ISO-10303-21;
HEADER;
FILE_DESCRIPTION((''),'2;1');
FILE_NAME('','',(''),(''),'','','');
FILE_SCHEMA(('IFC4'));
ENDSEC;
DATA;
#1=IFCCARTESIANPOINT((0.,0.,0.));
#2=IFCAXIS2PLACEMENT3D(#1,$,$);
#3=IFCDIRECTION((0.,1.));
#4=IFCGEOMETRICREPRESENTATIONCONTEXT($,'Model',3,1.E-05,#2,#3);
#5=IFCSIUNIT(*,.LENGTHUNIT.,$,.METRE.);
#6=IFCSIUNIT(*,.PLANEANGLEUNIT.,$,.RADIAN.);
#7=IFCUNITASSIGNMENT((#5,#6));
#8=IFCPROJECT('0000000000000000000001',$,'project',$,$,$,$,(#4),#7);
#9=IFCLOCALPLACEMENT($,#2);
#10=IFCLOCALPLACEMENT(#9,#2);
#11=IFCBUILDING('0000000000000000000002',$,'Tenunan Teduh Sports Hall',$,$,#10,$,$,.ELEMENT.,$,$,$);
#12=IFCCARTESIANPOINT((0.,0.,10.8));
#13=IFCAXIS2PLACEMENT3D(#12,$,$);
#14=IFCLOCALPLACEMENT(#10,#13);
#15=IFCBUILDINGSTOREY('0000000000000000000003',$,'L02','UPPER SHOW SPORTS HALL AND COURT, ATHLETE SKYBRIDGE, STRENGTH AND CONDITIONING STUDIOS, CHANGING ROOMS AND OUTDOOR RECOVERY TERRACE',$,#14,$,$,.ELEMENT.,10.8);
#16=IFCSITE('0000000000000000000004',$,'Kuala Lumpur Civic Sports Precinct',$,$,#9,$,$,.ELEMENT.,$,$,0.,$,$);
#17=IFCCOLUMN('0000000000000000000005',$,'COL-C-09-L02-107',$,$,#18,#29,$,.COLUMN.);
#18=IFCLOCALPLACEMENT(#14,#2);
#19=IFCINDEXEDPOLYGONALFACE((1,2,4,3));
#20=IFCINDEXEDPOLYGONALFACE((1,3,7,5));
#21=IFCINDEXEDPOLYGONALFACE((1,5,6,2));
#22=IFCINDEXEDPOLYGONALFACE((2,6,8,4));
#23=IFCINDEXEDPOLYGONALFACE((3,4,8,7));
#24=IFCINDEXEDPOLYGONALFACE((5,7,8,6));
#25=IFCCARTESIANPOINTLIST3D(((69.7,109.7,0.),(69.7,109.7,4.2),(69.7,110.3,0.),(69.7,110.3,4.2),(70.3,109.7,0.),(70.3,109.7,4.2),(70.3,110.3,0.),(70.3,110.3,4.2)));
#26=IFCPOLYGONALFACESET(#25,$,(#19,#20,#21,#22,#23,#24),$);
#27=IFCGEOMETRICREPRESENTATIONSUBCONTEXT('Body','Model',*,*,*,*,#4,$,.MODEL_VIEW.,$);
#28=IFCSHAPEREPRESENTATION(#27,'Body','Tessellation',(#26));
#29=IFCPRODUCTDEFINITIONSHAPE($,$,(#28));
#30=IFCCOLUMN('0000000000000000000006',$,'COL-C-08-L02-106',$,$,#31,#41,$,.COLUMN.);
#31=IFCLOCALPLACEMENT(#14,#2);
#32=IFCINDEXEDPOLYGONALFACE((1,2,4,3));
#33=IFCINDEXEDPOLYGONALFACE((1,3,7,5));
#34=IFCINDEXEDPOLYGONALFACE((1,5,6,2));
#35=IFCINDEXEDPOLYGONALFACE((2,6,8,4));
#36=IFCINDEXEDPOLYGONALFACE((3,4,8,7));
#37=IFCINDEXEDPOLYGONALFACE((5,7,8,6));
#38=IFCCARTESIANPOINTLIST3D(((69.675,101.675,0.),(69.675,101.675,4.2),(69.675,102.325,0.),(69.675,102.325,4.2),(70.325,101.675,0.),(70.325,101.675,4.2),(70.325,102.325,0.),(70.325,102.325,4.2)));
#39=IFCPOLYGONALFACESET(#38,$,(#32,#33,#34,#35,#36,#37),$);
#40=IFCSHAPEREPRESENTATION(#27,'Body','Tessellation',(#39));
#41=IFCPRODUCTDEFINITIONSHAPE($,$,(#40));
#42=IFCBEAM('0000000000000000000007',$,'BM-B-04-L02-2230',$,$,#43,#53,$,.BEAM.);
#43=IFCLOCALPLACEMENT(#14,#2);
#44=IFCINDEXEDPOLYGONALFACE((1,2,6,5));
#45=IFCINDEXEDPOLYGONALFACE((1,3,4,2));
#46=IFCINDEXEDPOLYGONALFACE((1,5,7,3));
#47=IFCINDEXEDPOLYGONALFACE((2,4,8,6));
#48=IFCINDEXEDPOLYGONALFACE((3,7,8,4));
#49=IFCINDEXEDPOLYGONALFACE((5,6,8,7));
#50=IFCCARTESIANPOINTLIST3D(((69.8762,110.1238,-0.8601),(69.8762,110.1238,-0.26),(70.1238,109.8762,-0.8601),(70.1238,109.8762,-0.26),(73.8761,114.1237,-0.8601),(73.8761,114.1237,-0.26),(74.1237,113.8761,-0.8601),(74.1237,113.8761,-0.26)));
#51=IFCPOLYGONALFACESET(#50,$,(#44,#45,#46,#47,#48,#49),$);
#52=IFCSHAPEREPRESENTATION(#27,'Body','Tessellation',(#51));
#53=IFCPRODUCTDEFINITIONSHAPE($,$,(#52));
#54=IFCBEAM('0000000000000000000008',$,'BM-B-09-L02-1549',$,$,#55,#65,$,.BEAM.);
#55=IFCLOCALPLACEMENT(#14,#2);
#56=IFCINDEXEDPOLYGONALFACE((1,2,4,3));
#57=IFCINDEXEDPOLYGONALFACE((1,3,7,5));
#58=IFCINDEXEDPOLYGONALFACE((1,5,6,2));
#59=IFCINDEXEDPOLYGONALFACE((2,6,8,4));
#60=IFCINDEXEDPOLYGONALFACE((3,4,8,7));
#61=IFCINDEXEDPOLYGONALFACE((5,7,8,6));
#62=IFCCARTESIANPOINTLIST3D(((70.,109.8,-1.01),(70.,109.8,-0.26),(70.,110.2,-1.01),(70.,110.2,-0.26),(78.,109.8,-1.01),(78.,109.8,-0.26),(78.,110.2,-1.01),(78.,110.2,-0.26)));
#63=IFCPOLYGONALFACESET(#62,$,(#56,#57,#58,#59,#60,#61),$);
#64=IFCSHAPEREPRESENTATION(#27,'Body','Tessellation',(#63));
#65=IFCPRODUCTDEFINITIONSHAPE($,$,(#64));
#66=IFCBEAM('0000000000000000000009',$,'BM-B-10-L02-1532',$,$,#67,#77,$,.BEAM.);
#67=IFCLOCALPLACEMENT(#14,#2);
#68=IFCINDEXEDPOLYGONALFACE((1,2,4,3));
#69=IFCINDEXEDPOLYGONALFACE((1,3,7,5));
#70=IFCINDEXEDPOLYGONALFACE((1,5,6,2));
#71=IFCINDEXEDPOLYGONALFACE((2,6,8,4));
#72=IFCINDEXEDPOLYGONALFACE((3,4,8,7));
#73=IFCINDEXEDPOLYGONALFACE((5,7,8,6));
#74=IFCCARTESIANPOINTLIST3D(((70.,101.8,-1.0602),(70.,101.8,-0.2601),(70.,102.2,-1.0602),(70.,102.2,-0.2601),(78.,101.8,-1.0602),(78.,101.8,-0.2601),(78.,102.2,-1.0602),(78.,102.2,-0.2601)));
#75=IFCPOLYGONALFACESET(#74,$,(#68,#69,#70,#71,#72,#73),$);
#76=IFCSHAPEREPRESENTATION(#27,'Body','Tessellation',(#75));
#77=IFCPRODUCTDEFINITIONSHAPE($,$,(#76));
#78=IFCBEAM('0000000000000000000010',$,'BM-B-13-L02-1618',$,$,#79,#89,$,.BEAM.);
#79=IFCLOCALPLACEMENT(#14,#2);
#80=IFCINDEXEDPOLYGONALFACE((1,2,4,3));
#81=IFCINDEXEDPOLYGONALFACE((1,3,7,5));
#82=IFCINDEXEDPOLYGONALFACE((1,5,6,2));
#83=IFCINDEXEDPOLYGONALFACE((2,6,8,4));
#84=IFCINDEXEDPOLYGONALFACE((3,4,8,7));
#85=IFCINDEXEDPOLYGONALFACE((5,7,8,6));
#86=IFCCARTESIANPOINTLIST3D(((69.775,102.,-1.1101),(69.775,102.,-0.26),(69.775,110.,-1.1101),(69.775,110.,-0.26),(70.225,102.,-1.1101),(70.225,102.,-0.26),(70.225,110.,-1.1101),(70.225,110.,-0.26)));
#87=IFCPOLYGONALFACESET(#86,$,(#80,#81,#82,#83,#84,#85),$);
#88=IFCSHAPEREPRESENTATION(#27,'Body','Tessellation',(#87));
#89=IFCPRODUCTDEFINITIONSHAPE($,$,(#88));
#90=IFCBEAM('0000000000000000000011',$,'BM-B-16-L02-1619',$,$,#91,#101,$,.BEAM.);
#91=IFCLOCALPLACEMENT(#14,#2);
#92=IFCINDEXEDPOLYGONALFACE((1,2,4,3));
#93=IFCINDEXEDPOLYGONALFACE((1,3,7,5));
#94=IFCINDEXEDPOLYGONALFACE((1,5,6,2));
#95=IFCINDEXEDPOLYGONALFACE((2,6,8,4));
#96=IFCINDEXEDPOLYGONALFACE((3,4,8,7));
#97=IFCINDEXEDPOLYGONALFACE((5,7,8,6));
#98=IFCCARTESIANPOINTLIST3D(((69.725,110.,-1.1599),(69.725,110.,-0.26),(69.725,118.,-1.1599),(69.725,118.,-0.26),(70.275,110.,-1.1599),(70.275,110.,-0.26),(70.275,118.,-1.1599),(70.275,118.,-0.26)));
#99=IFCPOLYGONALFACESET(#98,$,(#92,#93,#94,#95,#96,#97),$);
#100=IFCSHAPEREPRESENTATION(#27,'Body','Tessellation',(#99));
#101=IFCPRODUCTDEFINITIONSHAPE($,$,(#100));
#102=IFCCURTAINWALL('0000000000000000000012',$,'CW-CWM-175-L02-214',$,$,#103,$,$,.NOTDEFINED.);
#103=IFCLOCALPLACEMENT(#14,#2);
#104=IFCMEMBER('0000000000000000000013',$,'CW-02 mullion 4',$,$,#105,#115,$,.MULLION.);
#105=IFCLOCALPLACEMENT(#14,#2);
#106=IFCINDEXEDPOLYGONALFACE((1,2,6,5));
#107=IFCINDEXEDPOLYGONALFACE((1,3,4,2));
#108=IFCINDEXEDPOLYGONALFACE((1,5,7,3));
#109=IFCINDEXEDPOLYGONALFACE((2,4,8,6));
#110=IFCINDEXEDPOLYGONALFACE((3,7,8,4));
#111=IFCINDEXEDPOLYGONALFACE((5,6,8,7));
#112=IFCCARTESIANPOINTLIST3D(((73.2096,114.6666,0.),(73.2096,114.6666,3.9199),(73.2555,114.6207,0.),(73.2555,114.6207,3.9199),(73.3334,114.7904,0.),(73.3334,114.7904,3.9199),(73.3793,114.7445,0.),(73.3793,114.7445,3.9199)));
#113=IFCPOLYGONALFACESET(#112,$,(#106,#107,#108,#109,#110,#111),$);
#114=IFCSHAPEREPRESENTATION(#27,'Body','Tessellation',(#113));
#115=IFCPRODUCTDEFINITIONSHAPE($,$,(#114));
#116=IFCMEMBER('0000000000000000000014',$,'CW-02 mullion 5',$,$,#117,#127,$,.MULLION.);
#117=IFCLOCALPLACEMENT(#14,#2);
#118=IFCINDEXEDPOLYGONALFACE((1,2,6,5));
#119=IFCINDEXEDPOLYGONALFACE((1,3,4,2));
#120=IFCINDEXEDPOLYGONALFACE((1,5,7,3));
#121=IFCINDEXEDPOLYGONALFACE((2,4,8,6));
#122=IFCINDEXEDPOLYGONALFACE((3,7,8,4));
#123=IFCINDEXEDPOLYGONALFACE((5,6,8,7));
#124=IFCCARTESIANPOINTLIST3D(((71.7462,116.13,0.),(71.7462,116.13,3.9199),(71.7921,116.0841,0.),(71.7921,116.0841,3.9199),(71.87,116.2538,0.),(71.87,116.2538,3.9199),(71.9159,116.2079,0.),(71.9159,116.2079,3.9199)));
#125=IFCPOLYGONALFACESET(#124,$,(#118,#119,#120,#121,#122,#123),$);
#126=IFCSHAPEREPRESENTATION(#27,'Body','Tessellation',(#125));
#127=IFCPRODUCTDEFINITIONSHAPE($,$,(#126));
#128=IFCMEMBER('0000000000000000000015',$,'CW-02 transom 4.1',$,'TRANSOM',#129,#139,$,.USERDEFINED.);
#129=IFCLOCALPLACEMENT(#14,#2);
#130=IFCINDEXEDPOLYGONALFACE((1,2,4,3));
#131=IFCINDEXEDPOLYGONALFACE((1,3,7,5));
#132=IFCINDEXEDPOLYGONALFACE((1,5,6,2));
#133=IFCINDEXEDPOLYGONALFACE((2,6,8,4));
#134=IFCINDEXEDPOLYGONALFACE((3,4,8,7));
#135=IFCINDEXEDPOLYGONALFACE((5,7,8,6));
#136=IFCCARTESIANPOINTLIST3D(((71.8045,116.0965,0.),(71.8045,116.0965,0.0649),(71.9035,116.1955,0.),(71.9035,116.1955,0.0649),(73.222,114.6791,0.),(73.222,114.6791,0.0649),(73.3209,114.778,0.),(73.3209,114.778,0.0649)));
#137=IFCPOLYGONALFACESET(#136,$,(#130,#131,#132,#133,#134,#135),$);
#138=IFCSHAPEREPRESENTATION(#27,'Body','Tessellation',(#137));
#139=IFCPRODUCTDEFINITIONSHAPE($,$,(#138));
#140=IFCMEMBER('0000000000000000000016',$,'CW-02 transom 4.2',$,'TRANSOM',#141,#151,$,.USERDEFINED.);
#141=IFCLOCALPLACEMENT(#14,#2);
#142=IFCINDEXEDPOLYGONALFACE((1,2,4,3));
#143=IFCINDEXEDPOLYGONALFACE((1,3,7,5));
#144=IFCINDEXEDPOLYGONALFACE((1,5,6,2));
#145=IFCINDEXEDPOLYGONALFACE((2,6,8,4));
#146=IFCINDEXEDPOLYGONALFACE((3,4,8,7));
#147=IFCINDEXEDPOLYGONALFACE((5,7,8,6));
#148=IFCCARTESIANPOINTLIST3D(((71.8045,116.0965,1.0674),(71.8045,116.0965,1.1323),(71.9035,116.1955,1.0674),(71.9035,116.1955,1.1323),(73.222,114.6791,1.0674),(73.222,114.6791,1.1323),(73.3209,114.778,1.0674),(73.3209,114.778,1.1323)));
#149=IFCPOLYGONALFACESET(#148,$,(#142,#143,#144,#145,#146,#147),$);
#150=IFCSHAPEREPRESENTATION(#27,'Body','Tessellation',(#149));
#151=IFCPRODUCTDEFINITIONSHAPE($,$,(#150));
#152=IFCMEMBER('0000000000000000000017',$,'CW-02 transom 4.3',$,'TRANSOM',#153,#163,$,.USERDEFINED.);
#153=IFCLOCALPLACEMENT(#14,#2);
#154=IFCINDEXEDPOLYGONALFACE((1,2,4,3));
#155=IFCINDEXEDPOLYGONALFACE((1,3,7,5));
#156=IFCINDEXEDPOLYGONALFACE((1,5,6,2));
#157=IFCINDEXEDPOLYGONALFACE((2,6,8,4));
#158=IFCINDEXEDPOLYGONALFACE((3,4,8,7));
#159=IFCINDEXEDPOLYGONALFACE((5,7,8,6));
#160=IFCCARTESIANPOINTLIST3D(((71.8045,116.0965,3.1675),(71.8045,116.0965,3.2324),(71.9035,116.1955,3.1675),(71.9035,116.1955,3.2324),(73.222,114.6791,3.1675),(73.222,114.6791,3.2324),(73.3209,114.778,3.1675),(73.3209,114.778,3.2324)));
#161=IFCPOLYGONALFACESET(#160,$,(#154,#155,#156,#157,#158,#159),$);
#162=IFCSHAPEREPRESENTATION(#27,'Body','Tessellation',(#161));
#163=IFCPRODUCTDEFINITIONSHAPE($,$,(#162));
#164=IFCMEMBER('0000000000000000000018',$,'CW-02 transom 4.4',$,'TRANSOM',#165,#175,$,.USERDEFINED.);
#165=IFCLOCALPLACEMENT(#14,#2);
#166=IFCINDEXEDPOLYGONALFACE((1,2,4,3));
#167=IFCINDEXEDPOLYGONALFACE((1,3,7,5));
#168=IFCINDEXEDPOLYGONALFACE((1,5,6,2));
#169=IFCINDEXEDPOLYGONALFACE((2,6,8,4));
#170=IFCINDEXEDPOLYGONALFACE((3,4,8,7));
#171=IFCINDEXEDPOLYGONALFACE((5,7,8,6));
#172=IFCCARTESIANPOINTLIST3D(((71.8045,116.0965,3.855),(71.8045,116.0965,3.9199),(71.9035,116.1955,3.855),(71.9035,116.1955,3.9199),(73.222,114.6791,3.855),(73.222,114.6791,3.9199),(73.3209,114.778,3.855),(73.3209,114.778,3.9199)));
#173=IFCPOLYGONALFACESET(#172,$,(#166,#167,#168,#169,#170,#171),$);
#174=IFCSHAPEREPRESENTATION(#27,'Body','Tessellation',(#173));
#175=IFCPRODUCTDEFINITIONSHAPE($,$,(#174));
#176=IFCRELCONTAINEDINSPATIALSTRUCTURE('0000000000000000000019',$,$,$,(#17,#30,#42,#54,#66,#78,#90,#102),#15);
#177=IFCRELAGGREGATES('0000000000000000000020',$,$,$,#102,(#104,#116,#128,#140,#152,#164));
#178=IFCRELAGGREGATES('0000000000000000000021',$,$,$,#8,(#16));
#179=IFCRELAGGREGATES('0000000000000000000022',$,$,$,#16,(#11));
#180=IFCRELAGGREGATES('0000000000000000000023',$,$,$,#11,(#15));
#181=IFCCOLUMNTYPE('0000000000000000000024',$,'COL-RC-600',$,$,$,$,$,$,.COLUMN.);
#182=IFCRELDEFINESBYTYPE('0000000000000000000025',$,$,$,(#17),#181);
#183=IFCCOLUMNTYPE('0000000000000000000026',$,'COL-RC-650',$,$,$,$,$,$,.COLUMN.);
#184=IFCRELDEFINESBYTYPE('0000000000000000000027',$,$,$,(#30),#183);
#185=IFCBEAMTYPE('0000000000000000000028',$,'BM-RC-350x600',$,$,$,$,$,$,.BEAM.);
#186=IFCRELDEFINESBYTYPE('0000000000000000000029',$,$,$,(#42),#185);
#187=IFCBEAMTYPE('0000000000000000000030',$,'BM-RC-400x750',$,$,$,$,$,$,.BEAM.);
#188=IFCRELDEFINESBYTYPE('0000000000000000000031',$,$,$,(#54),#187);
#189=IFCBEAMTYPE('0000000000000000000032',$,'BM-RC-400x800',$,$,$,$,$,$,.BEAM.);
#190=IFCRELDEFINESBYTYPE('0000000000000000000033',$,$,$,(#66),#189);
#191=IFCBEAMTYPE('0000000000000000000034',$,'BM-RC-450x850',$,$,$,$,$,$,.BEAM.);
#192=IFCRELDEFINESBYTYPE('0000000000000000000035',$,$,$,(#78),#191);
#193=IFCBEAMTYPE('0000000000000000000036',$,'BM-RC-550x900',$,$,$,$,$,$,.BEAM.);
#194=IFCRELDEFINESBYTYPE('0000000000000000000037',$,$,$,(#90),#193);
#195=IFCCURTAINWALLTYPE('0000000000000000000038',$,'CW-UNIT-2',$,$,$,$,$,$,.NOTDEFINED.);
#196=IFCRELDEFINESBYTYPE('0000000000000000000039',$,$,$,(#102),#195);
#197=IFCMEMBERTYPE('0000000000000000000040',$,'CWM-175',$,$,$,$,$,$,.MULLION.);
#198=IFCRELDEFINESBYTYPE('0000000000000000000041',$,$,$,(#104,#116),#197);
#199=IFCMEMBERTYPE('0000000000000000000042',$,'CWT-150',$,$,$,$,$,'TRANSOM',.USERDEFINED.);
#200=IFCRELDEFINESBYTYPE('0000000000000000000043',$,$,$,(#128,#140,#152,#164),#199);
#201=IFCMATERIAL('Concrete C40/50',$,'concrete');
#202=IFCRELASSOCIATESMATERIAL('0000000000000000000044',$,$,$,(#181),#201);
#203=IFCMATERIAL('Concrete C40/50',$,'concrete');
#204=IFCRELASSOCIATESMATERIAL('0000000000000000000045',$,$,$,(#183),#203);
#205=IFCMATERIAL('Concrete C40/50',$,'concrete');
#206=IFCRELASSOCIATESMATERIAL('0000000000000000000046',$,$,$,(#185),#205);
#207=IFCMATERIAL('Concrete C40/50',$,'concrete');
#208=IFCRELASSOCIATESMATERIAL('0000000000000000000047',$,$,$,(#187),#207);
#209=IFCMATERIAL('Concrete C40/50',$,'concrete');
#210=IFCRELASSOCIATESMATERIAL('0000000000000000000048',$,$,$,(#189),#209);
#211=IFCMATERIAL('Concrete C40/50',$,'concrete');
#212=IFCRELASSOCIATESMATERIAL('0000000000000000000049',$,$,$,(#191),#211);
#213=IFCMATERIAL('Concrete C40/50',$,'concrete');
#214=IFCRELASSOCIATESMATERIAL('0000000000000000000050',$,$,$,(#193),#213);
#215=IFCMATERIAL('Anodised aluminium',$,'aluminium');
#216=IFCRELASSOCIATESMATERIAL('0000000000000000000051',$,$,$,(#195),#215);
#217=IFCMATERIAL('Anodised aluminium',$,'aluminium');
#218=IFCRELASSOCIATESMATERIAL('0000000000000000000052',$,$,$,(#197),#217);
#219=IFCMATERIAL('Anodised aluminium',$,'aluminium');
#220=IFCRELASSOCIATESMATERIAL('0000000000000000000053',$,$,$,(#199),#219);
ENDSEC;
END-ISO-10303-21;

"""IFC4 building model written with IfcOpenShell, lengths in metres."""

from ifc_helpers import new_model, si_unit, direction, frame, origin, origin_2d, place, context, subcontext, project, spatial, rectangle, extrude, material, material_profile, profile_set, type_object, element, aggregate, save


model = new_model("IFC4")

# Units and contexts
model_context = context("Model", 3, precision=1e-05, world=origin(), true_north=direction((0.0, 1.0)))
body_context = subcontext(model_context, "Body", "Model", "MODEL_VIEW")
ifc_project = project(units=[si_unit("LENGTHUNIT", "METRE"), si_unit("PLANEANGLEUNIT", "RADIAN")], contexts=[model_context])

# Site, building, storey
site_placement = place(None, origin())
site = spatial("IfcSite", under=ifc_project, at=site_placement, Name="Kuala Lumpur Civic Sports Precinct", CompositionType="ELEMENT", RefElevation=0.0)
building_placement = place(site_placement, origin())
building = spatial("IfcBuilding", under=site, at=building_placement, Name="Tenunan Teduh Sports Hall", CompositionType="ELEMENT")
storey_placement = place(building_placement, frame((0.0, 0.0, 10.8)))
storey = spatial("IfcBuildingStorey", under=building, at=storey_placement, Name="L02", Description="UPPER SHOW SPORTS HALL AND COURT, ATHLETE SKYBRIDGE, STRENGTH AND CONDITIONING STUDIOS, CHANGING ROOMS AND OUTDOOR RECOVERY TERRACE", CompositionType="ELEMENT", Elevation=10.8)

# Columns
ifc_material_1 = material(Name="Concrete C40/50", Category="concrete")
ifc_material_profile_1 = material_profile(ifc_material_1, rectangle(XDim=0.6001, YDim=0.6001, at=origin_2d()), Name="RC 600x600")
ifc_profile_set_1 = profile_set([ifc_material_profile_1], Name="Concrete C40/50")
column_type_1 = type_object("IfcColumnType", Name="COL-RC-600", PredefinedType="COLUMN", material=ifc_profile_set_1)
column_1_placement = place(storey_placement, frame((70.0, 110.0, 0.0), z_axis=(0.0, 0.0, 1.0), x_axis=(1.0, 0.0, 0.0)))
element("IfcColumn", 1, at=column_1_placement, inside=storey, type_object=column_type_1, Name="COL-C-09-L02-107", PredefinedType="COLUMN", context=body_context, shape_type="SweptSolid", body=[
    extrude(rectangle(XDim=0.6001, YDim=0.6001, at=origin_2d()), origin(), (0.0, 0.0, 1.0), 4.2),
])
ifc_material_2 = material(Name="Concrete C40/50", Category="concrete")
ifc_material_profile_2 = material_profile(ifc_material_2, rectangle(XDim=0.6499, YDim=0.6499, at=origin_2d()), Name="RC 650x650")
ifc_profile_set_2 = profile_set([ifc_material_profile_2], Name="Concrete C40/50")
column_type_2 = type_object("IfcColumnType", Name="COL-RC-650", PredefinedType="COLUMN", material=ifc_profile_set_2)
column_2_placement = place(storey_placement, frame((70.0, 102.0, 0.0), z_axis=(0.0, 0.0, 1.0), x_axis=(1.0, 0.0, 0.0)))
element("IfcColumn", 2, at=column_2_placement, inside=storey, type_object=column_type_2, Name="COL-C-08-L02-106", PredefinedType="COLUMN", context=body_context, shape_type="SweptSolid", body=[
    extrude(rectangle(XDim=0.6499, YDim=0.6499, at=origin_2d()), origin(), (0.0, 0.0, 1.0), 4.2),
])

# Beams
ifc_material_3 = material(Name="Concrete C40/50", Category="concrete")
ifc_material_profile_3 = material_profile(ifc_material_3, rectangle(XDim=0.3501, YDim=0.6001, at=origin_2d()), Name="RCB 350x600")
ifc_profile_set_3 = profile_set([ifc_material_profile_3], Name="Concrete C40/50")
beam_type_1 = type_object("IfcBeamType", Name="BM-RC-350x600", PredefinedType="BEAM", material=ifc_profile_set_3)
beam_1_placement = place(storey_placement, frame((70.0, 110.0, -0.5601), z_axis=(0.707107, 0.707107, 0.0), x_axis=(-0.707107, 0.707107, 0.0)))
element("IfcBeam", 3, at=beam_1_placement, inside=storey, type_object=beam_type_1, Name="BM-B-04-L02-2230", PredefinedType="BEAM", context=body_context, shape_type="SweptSolid", body=[
    extrude(rectangle(XDim=0.3501, YDim=0.6001, at=origin_2d()), origin(), (0.0, 0.0, 1.0), 5.6567),
])
ifc_material_4 = material(Name="Concrete C40/50", Category="concrete")
ifc_material_profile_4 = material_profile(ifc_material_4, rectangle(XDim=0.3999, YDim=0.75, at=origin_2d()), Name="RCB 400x750")
ifc_profile_set_4 = profile_set([ifc_material_profile_4], Name="Concrete C40/50")
beam_type_2 = type_object("IfcBeamType", Name="BM-RC-400x750", PredefinedType="BEAM", material=ifc_profile_set_4)
beam_2_placement = place(storey_placement, frame((70.0, 110.0, -0.635), z_axis=(1.0, 0.0, 0.0), x_axis=(0.0, 1.0, 0.0)))
element("IfcBeam", 4, at=beam_2_placement, inside=storey, type_object=beam_type_2, Name="BM-B-09-L02-1549", PredefinedType="BEAM", context=body_context, shape_type="SweptSolid", body=[
    extrude(rectangle(XDim=0.3999, YDim=0.75, at=origin_2d()), origin(), (0.0, 0.0, 1.0), 8.0),
])
ifc_material_5 = material(Name="Concrete C40/50", Category="concrete")
ifc_material_profile_5 = material_profile(ifc_material_5, rectangle(XDim=0.3999, YDim=0.8, at=origin_2d()), Name="RCB 400x800")
ifc_profile_set_5 = profile_set([ifc_material_profile_5], Name="Concrete C40/50")
beam_type_3 = type_object("IfcBeamType", Name="BM-RC-400x800", PredefinedType="BEAM", material=ifc_profile_set_5)
beam_3_placement = place(storey_placement, frame((70.0, 102.0, -0.6602), z_axis=(1.0, 0.0, 0.0), x_axis=(0.0, 1.0, 0.0)))
element("IfcBeam", 5, at=beam_3_placement, inside=storey, type_object=beam_type_3, Name="BM-B-10-L02-1532", PredefinedType="BEAM", context=body_context, shape_type="SweptSolid", body=[
    extrude(rectangle(XDim=0.3999, YDim=0.8, at=origin_2d()), origin(), (0.0, 0.0, 1.0), 8.0),
])
ifc_material_6 = material(Name="Concrete C40/50", Category="concrete")
ifc_material_profile_6 = material_profile(ifc_material_6, rectangle(XDim=0.45, YDim=0.8501, at=origin_2d()), Name="RCB 450x850")
ifc_profile_set_6 = profile_set([ifc_material_profile_6], Name="Concrete C40/50")
beam_type_4 = type_object("IfcBeamType", Name="BM-RC-450x850", PredefinedType="BEAM", material=ifc_profile_set_6)
beam_4_placement = place(storey_placement, frame((70.0, 102.0, -0.6851), z_axis=(0.0, 1.0, 0.0), x_axis=(-1.0, 0.0, 0.0)))
element("IfcBeam", 6, at=beam_4_placement, inside=storey, type_object=beam_type_4, Name="BM-B-13-L02-1618", PredefinedType="BEAM", context=body_context, shape_type="SweptSolid", body=[
    extrude(rectangle(XDim=0.45, YDim=0.8501, at=origin_2d()), origin(), (0.0, 0.0, 1.0), 8.0),
])
ifc_material_7 = material(Name="Concrete C40/50", Category="concrete")
ifc_material_profile_7 = material_profile(ifc_material_7, rectangle(XDim=0.55, YDim=0.8999, at=origin_2d()), Name="RCB 550x900")
ifc_profile_set_7 = profile_set([ifc_material_profile_7], Name="Concrete C40/50")
beam_type_5 = type_object("IfcBeamType", Name="BM-RC-550x900", PredefinedType="BEAM", material=ifc_profile_set_7)
beam_5_placement = place(storey_placement, frame((70.0, 110.0, -0.71), z_axis=(0.0, 1.0, 0.0), x_axis=(-1.0, 0.0, 0.0)))
element("IfcBeam", 7, at=beam_5_placement, inside=storey, type_object=beam_type_5, Name="BM-B-16-L02-1619", PredefinedType="BEAM", context=body_context, shape_type="SweptSolid", body=[
    extrude(rectangle(XDim=0.55, YDim=0.8999, at=origin_2d()), origin(), (0.0, 0.0, 1.0), 8.0),
])

# Curtain wall, members
ifc_material_8 = material(Name="Anodised aluminium", Category="aluminium")
curtain_wall_type = type_object("IfcCurtainWallType", Name="CW-UNIT-2", PredefinedType="NOTDEFINED", material=ifc_material_8)
curtain_wall_placement = place(storey_placement, origin())
curtain_wall = element("IfcCurtainWall", 8, at=curtain_wall_placement, inside=storey, type_object=curtain_wall_type, Name="CW-CWM-175-L02-214", PredefinedType="NOTDEFINED")
ifc_material_9 = material(Name="Anodised aluminium", Category="aluminium")
ifc_material_profile_8 = material_profile(ifc_material_9, rectangle(XDim=0.0649, YDim=0.175, at=origin_2d()), Name="CWM 65x175")
ifc_profile_set_8 = profile_set([ifc_material_profile_8], Name="Anodised aluminium")
member_type_1 = type_object("IfcMemberType", Name="CWM-175", PredefinedType="MULLION", material=ifc_profile_set_8)
member_1_placement = place(storey_placement, frame((73.2944, 114.7056, 0.0), z_axis=(0.0, 0.0, 1.0), x_axis=(-0.707107, 0.707107, 0.0)))
member_1 = element("IfcMember", 9, at=member_1_placement, type_object=member_type_1, Name="CW-02 mullion 4", PredefinedType="MULLION", context=body_context, shape_type="SweptSolid", body=[
    extrude(rectangle(XDim=0.0649, YDim=0.175, at=origin_2d()), origin(), (0.0, 0.0, 1.0), 3.9199),
])
member_2_placement = place(storey_placement, frame((71.8311, 116.1689, 0.0), z_axis=(0.0, 0.0, 1.0), x_axis=(-0.707107, 0.707107, 0.0)))
member_2 = element("IfcMember", 10, at=member_2_placement, type_object=member_type_1, Name="CW-02 mullion 5", PredefinedType="MULLION", context=body_context, shape_type="SweptSolid", body=[
    extrude(rectangle(XDim=0.0649, YDim=0.175, at=origin_2d()), origin(), (0.0, 0.0, 1.0), 3.9199),
])
ifc_material_10 = material(Name="Anodised aluminium", Category="aluminium")
ifc_material_profile_9 = material_profile(ifc_material_10, rectangle(XDim=0.0649, YDim=0.1399, at=origin_2d()), Name="CWT 65x140")
ifc_profile_set_9 = profile_set([ifc_material_profile_9], Name="Anodised aluminium")
member_type_2 = type_object("IfcMemberType", Name="CWT-150", ElementType="TRANSOM", PredefinedType="USERDEFINED", material=ifc_profile_set_9)
member_3_placement = place(storey_placement, frame((73.2715, 114.7285, 0.0325), z_axis=(-0.707107, 0.707107, 0.0), x_axis=(0.0, 0.0, 1.0)))
member_3 = element("IfcMember", 11, at=member_3_placement, type_object=member_type_2, Name="CW-02 transom 4.1", ObjectType="TRANSOM", PredefinedType="USERDEFINED", context=body_context, shape_type="SweptSolid", body=[
    extrude(rectangle(XDim=0.0649, YDim=0.1399, at=origin_2d()), origin(), (0.0, 0.0, 1.0), 2.0046),
])
member_4_placement = place(storey_placement, frame((73.2715, 114.7285, 1.0999), z_axis=(-0.707107, 0.707107, 0.0), x_axis=(0.0, 0.0, 1.0)))
member_4 = element("IfcMember", 12, at=member_4_placement, type_object=member_type_2, Name="CW-02 transom 4.2", ObjectType="TRANSOM", PredefinedType="USERDEFINED", context=body_context, shape_type="SweptSolid", body=[
    extrude(rectangle(XDim=0.0649, YDim=0.1399, at=origin_2d()), origin(), (0.0, 0.0, 1.0), 2.0046),
])
member_5_placement = place(storey_placement, frame((73.2715, 114.7285, 3.2), z_axis=(-0.707107, 0.707107, 0.0), x_axis=(0.0, 0.0, 1.0)))
member_5 = element("IfcMember", 13, at=member_5_placement, type_object=member_type_2, Name="CW-02 transom 4.3", ObjectType="TRANSOM", PredefinedType="USERDEFINED", context=body_context, shape_type="SweptSolid", body=[
    extrude(rectangle(XDim=0.0649, YDim=0.1399, at=origin_2d()), origin(), (0.0, 0.0, 1.0), 2.0046),
])
member_6_placement = place(storey_placement, frame((73.2715, 114.7285, 3.8875), z_axis=(-0.707107, 0.707107, 0.0), x_axis=(0.0, 0.0, 1.0)))
member_6 = element("IfcMember", 14, at=member_6_placement, type_object=member_type_2, Name="CW-02 transom 4.4", ObjectType="TRANSOM", PredefinedType="USERDEFINED", context=body_context, shape_type="SweptSolid", body=[
    extrude(rectangle(XDim=0.0649, YDim=0.1399, at=origin_2d()), origin(), (0.0, 0.0, 1.0), 2.0046),
])

aggregate(curtain_wall, [member_1, member_2, member_3, member_4, member_5, member_6])

save(model, "model.ifc")
